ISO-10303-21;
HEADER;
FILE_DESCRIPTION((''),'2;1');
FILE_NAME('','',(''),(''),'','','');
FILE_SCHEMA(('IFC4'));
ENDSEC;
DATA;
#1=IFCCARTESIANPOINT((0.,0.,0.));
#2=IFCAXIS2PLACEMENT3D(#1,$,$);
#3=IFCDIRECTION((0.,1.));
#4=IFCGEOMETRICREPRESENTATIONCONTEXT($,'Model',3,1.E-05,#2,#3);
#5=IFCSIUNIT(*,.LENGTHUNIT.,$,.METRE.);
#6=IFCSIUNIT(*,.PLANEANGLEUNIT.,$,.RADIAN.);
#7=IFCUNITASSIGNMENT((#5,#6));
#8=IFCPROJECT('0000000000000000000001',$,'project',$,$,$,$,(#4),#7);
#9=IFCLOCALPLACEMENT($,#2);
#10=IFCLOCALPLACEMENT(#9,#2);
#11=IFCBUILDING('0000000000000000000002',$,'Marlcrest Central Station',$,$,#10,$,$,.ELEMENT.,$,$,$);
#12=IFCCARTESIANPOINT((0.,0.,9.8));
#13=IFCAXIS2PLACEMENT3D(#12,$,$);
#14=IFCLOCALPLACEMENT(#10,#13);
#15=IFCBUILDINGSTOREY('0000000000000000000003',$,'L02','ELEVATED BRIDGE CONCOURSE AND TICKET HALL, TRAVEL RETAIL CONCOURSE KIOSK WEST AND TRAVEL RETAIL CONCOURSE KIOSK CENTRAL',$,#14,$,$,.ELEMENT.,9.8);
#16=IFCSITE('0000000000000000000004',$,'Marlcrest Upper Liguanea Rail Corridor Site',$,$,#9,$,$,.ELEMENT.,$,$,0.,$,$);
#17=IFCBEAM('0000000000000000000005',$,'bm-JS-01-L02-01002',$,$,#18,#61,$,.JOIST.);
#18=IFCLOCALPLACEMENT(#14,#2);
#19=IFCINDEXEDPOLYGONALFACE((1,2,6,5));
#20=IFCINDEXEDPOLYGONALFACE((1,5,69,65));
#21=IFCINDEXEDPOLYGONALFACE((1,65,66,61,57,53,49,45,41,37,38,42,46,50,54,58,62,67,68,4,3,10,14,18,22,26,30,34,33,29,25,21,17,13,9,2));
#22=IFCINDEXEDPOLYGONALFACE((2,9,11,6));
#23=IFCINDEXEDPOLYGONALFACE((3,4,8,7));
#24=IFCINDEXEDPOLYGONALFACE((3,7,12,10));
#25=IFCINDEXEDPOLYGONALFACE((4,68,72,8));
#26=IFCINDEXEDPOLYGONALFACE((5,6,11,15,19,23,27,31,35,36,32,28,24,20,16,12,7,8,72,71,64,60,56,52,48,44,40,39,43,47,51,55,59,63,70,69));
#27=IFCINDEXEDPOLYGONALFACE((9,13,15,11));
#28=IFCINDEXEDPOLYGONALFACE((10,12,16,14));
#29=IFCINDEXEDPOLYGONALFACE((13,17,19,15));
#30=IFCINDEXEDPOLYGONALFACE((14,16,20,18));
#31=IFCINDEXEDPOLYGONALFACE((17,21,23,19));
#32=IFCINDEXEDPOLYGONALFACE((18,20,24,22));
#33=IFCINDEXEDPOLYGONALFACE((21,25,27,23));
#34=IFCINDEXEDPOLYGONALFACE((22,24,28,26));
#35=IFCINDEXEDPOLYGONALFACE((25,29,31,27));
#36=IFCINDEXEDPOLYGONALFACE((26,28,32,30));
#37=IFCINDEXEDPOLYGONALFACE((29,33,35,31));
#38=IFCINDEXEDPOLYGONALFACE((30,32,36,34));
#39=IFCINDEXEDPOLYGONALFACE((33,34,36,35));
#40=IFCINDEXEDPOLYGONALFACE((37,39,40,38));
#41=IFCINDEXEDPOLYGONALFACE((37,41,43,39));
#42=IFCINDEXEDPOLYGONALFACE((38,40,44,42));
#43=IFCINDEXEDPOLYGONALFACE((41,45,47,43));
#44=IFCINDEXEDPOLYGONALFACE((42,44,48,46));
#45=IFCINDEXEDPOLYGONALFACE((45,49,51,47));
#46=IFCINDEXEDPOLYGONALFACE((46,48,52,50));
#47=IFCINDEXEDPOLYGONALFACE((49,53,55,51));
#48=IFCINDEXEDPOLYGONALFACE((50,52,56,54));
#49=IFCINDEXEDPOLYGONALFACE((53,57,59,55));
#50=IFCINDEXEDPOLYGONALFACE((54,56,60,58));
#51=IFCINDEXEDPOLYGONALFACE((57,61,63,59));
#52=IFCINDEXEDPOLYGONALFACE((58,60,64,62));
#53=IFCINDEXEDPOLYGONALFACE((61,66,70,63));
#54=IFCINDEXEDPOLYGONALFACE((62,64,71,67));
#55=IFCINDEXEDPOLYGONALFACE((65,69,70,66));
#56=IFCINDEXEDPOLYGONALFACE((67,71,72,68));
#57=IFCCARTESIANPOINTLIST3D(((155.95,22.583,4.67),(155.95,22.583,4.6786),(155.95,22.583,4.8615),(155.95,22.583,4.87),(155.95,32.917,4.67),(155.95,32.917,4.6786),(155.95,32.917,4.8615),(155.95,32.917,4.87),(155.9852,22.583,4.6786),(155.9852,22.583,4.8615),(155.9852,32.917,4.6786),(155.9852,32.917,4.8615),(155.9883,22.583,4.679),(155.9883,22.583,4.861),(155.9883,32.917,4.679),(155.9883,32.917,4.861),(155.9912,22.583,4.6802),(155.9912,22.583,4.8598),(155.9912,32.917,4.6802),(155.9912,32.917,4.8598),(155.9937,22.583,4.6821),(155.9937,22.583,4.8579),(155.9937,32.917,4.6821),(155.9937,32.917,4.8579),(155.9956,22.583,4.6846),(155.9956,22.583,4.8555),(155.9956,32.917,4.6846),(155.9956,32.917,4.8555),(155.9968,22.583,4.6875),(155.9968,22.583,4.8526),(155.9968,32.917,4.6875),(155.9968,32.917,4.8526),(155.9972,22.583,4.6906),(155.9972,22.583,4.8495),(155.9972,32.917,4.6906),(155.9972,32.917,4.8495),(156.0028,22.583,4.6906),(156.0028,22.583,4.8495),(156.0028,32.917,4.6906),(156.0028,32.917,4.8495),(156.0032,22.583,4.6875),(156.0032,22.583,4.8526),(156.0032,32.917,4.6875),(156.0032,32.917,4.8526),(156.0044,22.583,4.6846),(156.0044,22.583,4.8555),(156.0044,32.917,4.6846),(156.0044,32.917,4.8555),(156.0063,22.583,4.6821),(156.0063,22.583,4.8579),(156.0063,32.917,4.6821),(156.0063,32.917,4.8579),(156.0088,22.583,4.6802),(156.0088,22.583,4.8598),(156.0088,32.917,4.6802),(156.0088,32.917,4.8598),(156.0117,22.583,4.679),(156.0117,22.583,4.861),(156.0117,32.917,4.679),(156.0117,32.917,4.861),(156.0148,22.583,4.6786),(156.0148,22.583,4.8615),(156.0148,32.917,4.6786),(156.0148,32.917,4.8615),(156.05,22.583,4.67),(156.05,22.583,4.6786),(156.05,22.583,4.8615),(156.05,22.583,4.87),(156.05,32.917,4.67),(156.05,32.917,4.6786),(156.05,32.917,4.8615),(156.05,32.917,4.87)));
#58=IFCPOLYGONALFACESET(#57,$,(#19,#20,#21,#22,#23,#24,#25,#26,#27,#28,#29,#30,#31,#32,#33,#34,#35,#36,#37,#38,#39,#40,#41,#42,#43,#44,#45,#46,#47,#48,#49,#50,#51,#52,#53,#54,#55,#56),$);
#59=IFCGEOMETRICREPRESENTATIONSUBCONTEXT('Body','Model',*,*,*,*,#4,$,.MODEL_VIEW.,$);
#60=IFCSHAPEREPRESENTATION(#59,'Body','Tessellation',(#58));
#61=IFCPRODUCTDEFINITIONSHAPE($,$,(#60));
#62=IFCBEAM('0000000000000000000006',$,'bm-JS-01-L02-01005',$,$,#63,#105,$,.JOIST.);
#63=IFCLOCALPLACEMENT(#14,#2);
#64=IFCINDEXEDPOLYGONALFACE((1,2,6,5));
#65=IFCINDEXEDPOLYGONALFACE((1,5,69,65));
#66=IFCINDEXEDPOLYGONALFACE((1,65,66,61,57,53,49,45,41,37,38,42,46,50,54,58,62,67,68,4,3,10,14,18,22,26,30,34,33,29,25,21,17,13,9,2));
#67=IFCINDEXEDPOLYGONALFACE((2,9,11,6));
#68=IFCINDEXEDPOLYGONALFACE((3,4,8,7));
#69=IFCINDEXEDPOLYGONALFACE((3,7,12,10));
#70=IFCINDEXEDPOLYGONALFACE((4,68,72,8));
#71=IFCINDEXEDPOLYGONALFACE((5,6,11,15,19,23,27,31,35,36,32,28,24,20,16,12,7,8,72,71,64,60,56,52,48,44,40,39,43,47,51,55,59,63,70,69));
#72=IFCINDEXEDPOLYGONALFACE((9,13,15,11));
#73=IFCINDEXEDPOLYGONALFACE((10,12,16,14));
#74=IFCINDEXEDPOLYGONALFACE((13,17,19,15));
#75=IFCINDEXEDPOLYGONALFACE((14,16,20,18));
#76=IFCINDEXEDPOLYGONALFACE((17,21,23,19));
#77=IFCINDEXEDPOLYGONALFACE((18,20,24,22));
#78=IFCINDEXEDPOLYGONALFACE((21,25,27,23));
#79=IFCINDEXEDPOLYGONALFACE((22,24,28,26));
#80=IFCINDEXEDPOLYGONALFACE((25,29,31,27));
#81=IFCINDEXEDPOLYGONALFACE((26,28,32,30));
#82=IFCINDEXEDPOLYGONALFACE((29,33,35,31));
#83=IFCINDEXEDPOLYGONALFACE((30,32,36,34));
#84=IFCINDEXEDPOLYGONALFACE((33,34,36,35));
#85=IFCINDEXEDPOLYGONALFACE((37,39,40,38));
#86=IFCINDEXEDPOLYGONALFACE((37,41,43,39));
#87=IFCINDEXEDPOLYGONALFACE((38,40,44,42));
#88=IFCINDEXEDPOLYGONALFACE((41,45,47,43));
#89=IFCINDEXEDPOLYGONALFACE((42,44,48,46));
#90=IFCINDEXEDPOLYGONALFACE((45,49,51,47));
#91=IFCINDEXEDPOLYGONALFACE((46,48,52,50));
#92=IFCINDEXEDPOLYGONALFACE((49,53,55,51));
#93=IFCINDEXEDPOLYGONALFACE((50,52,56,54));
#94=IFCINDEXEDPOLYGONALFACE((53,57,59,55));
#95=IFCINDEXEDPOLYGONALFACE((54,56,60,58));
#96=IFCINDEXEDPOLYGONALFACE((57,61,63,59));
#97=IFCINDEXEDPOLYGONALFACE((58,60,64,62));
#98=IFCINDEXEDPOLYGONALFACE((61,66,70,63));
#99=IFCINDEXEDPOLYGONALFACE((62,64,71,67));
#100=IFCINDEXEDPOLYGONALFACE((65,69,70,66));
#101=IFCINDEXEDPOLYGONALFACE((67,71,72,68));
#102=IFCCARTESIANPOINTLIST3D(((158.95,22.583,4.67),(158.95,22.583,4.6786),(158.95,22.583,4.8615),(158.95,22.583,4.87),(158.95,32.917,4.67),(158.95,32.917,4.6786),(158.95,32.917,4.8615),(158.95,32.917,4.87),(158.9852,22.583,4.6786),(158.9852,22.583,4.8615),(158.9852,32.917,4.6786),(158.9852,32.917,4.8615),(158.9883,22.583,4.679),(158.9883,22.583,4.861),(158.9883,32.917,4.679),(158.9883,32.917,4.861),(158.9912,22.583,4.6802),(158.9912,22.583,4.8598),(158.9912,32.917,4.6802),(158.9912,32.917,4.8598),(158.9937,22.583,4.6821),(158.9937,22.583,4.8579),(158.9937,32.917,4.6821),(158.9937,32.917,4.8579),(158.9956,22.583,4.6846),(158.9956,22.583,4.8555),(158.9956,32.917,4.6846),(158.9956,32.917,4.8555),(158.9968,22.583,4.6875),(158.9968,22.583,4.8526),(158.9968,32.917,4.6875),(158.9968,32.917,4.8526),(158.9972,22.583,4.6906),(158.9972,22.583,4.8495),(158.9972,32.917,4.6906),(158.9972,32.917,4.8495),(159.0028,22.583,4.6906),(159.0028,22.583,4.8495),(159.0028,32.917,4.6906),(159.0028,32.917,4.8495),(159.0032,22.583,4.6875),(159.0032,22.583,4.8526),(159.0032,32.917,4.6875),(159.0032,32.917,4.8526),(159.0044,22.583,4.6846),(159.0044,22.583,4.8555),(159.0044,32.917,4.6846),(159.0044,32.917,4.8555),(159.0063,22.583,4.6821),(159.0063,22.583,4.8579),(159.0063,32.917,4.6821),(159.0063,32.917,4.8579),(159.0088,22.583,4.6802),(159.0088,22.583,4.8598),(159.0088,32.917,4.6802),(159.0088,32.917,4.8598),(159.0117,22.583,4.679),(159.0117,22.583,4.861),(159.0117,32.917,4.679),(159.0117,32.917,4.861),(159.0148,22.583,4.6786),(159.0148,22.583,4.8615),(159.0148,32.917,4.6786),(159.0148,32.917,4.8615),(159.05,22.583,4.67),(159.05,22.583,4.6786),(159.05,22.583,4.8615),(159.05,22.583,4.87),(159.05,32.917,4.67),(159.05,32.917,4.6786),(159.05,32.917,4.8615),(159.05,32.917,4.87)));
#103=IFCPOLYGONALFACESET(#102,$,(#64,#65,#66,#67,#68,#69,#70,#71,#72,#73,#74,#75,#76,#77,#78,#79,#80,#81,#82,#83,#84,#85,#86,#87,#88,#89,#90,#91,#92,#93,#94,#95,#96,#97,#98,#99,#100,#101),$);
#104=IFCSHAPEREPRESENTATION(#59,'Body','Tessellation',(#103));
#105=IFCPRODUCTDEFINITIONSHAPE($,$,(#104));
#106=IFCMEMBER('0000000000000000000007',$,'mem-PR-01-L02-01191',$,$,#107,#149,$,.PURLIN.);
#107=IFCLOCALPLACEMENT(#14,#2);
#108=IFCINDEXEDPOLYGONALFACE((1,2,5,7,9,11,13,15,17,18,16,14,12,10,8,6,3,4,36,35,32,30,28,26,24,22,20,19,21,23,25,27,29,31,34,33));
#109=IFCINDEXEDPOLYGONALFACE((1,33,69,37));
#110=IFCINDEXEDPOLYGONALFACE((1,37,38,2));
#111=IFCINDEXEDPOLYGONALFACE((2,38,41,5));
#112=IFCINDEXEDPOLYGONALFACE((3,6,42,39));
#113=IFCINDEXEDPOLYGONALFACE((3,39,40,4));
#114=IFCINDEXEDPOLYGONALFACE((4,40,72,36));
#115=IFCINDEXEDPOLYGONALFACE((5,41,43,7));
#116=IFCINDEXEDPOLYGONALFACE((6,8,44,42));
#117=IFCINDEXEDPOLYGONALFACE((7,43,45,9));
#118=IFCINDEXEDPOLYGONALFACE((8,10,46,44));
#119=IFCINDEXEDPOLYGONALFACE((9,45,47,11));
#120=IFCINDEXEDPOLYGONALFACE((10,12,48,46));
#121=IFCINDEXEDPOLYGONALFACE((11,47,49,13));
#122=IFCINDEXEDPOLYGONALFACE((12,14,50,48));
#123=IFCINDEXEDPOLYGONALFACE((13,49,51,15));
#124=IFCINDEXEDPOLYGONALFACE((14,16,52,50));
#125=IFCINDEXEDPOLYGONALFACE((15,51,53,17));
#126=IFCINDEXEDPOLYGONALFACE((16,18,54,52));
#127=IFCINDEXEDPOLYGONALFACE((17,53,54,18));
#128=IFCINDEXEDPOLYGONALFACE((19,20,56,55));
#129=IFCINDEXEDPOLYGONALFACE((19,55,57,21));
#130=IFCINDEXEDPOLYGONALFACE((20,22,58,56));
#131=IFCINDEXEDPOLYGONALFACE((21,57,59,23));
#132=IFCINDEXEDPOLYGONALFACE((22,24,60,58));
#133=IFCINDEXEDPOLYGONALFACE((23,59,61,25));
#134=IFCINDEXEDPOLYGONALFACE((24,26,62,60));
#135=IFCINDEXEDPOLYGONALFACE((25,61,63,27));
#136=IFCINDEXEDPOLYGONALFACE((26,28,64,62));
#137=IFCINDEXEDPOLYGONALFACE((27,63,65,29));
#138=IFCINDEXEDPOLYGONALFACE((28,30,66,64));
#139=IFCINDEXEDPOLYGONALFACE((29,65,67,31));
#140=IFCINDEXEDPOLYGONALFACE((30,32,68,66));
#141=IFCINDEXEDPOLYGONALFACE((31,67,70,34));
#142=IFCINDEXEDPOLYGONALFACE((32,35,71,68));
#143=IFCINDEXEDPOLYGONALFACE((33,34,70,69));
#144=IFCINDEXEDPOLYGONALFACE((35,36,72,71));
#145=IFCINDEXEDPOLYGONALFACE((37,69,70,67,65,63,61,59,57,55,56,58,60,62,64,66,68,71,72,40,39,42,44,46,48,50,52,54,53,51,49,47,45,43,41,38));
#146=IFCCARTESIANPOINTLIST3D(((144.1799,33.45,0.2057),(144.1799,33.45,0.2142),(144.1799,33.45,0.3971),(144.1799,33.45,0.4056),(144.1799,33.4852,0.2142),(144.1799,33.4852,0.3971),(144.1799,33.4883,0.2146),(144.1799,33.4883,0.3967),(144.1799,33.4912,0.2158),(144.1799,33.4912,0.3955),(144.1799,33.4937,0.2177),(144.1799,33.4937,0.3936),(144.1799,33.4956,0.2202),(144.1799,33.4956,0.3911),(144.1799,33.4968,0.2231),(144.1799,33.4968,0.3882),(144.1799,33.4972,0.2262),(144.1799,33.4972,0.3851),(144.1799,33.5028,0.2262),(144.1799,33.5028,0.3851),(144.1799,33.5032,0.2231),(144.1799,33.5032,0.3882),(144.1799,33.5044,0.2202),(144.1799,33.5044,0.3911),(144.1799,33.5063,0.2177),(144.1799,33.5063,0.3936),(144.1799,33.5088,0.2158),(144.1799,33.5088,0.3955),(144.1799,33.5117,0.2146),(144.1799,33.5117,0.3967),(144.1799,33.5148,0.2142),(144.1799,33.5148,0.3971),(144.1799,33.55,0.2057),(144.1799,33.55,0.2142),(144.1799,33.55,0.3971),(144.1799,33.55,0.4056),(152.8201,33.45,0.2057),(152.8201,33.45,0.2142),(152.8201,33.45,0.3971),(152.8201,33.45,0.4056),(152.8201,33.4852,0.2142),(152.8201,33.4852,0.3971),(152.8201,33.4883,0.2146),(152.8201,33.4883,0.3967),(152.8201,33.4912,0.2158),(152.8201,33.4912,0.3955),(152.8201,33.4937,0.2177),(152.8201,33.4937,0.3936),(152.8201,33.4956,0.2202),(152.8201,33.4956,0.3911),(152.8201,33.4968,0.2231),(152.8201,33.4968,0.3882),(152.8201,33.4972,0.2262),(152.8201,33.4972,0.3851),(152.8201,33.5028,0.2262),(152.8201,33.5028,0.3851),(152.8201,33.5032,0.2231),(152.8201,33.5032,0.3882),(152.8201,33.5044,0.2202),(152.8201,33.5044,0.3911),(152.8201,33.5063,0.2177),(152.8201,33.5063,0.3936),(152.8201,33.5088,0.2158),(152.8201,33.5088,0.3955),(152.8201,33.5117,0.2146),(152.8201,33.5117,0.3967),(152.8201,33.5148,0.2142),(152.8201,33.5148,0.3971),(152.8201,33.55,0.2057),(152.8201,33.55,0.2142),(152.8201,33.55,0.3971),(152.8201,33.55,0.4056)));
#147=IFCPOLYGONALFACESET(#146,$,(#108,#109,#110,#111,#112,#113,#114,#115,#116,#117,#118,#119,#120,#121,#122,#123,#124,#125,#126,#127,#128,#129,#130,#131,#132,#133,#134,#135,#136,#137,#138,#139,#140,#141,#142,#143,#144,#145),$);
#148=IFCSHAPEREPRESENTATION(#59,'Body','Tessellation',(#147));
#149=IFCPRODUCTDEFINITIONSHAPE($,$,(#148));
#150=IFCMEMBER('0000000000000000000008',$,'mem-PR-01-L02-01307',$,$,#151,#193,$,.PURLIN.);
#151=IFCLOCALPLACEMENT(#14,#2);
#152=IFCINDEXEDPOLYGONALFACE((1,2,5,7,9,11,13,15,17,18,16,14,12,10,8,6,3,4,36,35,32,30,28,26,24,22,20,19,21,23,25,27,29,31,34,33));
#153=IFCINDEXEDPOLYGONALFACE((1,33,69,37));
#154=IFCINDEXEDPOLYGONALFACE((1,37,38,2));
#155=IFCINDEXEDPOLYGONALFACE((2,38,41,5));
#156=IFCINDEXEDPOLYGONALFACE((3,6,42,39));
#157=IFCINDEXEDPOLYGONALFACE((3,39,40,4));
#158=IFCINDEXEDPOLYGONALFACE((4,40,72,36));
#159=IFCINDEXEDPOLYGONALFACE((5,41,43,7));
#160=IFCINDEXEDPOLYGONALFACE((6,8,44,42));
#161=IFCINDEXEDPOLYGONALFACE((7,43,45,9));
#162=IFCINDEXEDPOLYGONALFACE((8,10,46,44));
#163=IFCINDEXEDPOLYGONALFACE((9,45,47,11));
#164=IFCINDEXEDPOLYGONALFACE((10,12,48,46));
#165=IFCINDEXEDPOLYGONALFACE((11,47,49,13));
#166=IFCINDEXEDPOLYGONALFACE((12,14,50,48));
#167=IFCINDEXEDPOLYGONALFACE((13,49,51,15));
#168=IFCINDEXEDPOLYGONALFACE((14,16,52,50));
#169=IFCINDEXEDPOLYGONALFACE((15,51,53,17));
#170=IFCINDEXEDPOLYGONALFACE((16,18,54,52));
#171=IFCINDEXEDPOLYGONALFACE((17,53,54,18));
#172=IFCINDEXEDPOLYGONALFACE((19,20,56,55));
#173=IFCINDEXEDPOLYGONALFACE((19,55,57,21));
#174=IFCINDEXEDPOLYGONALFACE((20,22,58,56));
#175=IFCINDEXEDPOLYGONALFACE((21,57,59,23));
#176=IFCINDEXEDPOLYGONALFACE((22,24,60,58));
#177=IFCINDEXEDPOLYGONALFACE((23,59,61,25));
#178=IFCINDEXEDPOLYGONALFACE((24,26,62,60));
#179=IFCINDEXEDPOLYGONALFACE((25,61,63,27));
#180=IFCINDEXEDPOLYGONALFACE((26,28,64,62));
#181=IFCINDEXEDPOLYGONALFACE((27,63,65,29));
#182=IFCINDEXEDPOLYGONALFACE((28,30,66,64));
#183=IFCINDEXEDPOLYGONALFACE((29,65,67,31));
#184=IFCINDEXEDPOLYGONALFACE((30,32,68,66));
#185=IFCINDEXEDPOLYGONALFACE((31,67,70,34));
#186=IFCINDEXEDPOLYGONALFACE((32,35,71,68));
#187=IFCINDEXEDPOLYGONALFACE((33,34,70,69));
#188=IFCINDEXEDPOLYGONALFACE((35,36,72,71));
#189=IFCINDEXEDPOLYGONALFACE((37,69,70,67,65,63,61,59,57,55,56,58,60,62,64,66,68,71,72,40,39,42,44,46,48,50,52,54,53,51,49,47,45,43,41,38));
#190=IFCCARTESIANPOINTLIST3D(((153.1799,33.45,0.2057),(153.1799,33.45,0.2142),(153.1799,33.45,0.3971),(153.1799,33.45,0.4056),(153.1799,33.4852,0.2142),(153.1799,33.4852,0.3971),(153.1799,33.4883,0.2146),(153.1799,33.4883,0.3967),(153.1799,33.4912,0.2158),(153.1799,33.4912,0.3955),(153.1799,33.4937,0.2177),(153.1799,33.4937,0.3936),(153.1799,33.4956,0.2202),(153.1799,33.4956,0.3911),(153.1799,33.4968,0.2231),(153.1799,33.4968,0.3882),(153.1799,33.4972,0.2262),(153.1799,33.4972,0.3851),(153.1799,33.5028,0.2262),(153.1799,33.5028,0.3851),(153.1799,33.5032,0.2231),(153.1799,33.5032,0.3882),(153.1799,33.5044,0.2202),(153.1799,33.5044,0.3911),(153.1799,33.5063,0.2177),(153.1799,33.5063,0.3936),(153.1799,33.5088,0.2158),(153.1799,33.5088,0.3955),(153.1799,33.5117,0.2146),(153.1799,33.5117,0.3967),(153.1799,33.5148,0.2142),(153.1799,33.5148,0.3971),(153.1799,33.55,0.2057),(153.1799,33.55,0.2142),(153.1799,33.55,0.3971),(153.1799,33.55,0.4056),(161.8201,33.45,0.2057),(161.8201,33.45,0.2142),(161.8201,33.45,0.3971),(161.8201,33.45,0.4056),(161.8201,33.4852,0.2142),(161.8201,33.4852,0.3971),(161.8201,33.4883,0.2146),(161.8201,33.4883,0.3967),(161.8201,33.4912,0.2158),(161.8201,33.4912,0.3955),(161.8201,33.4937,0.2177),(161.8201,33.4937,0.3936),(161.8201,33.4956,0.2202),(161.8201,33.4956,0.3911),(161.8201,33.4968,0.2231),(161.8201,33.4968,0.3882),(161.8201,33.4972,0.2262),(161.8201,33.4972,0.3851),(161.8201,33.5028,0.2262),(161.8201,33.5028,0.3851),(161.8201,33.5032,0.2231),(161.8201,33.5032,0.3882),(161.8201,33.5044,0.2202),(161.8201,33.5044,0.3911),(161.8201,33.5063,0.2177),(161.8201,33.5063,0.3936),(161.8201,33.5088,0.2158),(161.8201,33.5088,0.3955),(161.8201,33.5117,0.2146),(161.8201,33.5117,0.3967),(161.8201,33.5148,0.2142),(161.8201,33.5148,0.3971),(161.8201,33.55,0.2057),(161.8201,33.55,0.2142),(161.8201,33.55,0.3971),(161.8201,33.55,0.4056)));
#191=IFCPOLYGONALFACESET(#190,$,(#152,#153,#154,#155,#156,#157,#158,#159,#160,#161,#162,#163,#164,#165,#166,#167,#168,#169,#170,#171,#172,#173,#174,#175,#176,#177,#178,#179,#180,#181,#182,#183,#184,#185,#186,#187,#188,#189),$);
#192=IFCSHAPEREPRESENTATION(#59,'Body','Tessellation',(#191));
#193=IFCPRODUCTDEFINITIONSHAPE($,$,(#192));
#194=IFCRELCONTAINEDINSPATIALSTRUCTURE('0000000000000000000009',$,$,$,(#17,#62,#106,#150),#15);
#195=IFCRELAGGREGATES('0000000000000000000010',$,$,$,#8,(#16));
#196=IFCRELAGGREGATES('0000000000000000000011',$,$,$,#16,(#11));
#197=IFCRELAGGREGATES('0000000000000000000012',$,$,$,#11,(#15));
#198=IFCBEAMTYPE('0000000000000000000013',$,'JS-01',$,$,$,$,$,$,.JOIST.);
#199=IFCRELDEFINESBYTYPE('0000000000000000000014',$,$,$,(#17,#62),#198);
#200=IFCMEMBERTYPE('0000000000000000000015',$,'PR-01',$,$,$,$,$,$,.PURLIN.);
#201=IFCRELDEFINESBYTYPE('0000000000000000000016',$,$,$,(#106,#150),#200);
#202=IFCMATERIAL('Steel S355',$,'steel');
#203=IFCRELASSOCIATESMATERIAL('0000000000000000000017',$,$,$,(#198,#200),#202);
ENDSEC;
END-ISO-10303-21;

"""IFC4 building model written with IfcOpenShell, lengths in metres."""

from ifc_helpers import new_model, si_unit, direction, frame, origin, origin_2d, place, context, subcontext, project, spatial, i_section, extrude, material, material_profile, profile_set, type_object, element, save


model = new_model("IFC4")

# Units and contexts
model_context = context("Model", 3, precision=1e-05, world=origin(), true_north=direction((0.0, 1.0)))
body_context = subcontext(model_context, "Body", "Model", "MODEL_VIEW")
ifc_project = project(units=[si_unit("LENGTHUNIT", "METRE"), si_unit("PLANEANGLEUNIT", "RADIAN")], contexts=[model_context])

# Site, building, storey
site_placement = place(None, origin())
site = spatial("IfcSite", under=ifc_project, at=site_placement, Name="Marlcrest Upper Liguanea Rail Corridor Site", CompositionType="ELEMENT", RefElevation=0.0)
building_placement = place(site_placement, origin())
building = spatial("IfcBuilding", under=site, at=building_placement, Name="Marlcrest Central Station", CompositionType="ELEMENT")
storey_placement = place(building_placement, frame((0.0, 0.0, 9.8)))
storey = spatial("IfcBuildingStorey", under=building, at=storey_placement, Name="L02", Description="ELEVATED BRIDGE CONCOURSE AND TICKET HALL, TRAVEL RETAIL CONCOURSE KIOSK WEST AND TRAVEL RETAIL CONCOURSE KIOSK CENTRAL", CompositionType="ELEMENT", Elevation=9.8)

# Shared definitions
ifc_material_1 = material(Name="Steel S355", Category="steel")

# Beams
ifc_material_profile_1 = material_profile(ifc_material_1, i_section(OverallWidth=0.1001, OverallDepth=0.2, WebThickness=0.0056, FlangeThickness=0.0085, FilletRadius=0.012, at=origin_2d()), Name="IPE 200")
ifc_profile_set_1 = profile_set([ifc_material_profile_1], Name="Steel S355")
beam_type_1 = type_object("IfcBeamType", Name="JS-01", PredefinedType="JOIST", material=ifc_profile_set_1)
for number, where, z_axis, x_axis, name in (
    (1, (156.0, 22.583, 4.77), (0.0, 1.0, 0.0), (-1.0, 0.0, 0.0), "bm-JS-01-L02-01002"),
    (2, (159.0, 22.583, 4.77), (0.0, 1.0, 0.0), (-1.0, 0.0, 0.0), "bm-JS-01-L02-01005"),
):
    element("IfcBeam", number, at=place(storey_placement, frame(where, z_axis=z_axis, x_axis=x_axis)), inside=storey, type_object=beam_type_1, Name=name, PredefinedType="JOIST", context=body_context, shape_type="SweptSolid", body=[
        extrude(i_section(OverallWidth=0.1001, OverallDepth=0.2, WebThickness=0.0056, FlangeThickness=0.0085, FilletRadius=0.012, at=origin_2d()), origin(), (0.0, 0.0, 1.0), 10.334),
    ])

# Members
ifc_material_profile_2 = material_profile(ifc_material_1, i_section(OverallWidth=0.1001, OverallDepth=0.2, WebThickness=0.0056, FlangeThickness=0.0085, FilletRadius=0.012, at=origin_2d()), Name="IPE 200")
ifc_profile_set_2 = profile_set([ifc_material_profile_2], Name="Steel S355")
member_type_1 = type_object("IfcMemberType", Name="PR-01", PredefinedType="PURLIN", material=ifc_profile_set_2)
for number, where, z_axis, x_axis, name in (
    (3, (144.1799, 33.5, 0.3057), (1.0, 0.0, 0.0), (0.0, 1.0, 0.0), "mem-PR-01-L02-01191"),
    (4, (153.1799, 33.5, 0.3057), (1.0, 0.0, 0.0), (0.0, 1.0, 0.0), "mem-PR-01-L02-01307"),
):
    element("IfcMember", number, at=place(storey_placement, frame(where, z_axis=z_axis, x_axis=x_axis)), inside=storey, type_object=member_type_1, Name=name, PredefinedType="PURLIN", context=body_context, shape_type="SweptSolid", body=[
        extrude(i_section(OverallWidth=0.1001, OverallDepth=0.2, WebThickness=0.0056, FlangeThickness=0.0085, FilletRadius=0.012, at=origin_2d()), origin(), (0.0, 0.0, 1.0), 8.6401),
    ])

save(model, "model.ifc")
